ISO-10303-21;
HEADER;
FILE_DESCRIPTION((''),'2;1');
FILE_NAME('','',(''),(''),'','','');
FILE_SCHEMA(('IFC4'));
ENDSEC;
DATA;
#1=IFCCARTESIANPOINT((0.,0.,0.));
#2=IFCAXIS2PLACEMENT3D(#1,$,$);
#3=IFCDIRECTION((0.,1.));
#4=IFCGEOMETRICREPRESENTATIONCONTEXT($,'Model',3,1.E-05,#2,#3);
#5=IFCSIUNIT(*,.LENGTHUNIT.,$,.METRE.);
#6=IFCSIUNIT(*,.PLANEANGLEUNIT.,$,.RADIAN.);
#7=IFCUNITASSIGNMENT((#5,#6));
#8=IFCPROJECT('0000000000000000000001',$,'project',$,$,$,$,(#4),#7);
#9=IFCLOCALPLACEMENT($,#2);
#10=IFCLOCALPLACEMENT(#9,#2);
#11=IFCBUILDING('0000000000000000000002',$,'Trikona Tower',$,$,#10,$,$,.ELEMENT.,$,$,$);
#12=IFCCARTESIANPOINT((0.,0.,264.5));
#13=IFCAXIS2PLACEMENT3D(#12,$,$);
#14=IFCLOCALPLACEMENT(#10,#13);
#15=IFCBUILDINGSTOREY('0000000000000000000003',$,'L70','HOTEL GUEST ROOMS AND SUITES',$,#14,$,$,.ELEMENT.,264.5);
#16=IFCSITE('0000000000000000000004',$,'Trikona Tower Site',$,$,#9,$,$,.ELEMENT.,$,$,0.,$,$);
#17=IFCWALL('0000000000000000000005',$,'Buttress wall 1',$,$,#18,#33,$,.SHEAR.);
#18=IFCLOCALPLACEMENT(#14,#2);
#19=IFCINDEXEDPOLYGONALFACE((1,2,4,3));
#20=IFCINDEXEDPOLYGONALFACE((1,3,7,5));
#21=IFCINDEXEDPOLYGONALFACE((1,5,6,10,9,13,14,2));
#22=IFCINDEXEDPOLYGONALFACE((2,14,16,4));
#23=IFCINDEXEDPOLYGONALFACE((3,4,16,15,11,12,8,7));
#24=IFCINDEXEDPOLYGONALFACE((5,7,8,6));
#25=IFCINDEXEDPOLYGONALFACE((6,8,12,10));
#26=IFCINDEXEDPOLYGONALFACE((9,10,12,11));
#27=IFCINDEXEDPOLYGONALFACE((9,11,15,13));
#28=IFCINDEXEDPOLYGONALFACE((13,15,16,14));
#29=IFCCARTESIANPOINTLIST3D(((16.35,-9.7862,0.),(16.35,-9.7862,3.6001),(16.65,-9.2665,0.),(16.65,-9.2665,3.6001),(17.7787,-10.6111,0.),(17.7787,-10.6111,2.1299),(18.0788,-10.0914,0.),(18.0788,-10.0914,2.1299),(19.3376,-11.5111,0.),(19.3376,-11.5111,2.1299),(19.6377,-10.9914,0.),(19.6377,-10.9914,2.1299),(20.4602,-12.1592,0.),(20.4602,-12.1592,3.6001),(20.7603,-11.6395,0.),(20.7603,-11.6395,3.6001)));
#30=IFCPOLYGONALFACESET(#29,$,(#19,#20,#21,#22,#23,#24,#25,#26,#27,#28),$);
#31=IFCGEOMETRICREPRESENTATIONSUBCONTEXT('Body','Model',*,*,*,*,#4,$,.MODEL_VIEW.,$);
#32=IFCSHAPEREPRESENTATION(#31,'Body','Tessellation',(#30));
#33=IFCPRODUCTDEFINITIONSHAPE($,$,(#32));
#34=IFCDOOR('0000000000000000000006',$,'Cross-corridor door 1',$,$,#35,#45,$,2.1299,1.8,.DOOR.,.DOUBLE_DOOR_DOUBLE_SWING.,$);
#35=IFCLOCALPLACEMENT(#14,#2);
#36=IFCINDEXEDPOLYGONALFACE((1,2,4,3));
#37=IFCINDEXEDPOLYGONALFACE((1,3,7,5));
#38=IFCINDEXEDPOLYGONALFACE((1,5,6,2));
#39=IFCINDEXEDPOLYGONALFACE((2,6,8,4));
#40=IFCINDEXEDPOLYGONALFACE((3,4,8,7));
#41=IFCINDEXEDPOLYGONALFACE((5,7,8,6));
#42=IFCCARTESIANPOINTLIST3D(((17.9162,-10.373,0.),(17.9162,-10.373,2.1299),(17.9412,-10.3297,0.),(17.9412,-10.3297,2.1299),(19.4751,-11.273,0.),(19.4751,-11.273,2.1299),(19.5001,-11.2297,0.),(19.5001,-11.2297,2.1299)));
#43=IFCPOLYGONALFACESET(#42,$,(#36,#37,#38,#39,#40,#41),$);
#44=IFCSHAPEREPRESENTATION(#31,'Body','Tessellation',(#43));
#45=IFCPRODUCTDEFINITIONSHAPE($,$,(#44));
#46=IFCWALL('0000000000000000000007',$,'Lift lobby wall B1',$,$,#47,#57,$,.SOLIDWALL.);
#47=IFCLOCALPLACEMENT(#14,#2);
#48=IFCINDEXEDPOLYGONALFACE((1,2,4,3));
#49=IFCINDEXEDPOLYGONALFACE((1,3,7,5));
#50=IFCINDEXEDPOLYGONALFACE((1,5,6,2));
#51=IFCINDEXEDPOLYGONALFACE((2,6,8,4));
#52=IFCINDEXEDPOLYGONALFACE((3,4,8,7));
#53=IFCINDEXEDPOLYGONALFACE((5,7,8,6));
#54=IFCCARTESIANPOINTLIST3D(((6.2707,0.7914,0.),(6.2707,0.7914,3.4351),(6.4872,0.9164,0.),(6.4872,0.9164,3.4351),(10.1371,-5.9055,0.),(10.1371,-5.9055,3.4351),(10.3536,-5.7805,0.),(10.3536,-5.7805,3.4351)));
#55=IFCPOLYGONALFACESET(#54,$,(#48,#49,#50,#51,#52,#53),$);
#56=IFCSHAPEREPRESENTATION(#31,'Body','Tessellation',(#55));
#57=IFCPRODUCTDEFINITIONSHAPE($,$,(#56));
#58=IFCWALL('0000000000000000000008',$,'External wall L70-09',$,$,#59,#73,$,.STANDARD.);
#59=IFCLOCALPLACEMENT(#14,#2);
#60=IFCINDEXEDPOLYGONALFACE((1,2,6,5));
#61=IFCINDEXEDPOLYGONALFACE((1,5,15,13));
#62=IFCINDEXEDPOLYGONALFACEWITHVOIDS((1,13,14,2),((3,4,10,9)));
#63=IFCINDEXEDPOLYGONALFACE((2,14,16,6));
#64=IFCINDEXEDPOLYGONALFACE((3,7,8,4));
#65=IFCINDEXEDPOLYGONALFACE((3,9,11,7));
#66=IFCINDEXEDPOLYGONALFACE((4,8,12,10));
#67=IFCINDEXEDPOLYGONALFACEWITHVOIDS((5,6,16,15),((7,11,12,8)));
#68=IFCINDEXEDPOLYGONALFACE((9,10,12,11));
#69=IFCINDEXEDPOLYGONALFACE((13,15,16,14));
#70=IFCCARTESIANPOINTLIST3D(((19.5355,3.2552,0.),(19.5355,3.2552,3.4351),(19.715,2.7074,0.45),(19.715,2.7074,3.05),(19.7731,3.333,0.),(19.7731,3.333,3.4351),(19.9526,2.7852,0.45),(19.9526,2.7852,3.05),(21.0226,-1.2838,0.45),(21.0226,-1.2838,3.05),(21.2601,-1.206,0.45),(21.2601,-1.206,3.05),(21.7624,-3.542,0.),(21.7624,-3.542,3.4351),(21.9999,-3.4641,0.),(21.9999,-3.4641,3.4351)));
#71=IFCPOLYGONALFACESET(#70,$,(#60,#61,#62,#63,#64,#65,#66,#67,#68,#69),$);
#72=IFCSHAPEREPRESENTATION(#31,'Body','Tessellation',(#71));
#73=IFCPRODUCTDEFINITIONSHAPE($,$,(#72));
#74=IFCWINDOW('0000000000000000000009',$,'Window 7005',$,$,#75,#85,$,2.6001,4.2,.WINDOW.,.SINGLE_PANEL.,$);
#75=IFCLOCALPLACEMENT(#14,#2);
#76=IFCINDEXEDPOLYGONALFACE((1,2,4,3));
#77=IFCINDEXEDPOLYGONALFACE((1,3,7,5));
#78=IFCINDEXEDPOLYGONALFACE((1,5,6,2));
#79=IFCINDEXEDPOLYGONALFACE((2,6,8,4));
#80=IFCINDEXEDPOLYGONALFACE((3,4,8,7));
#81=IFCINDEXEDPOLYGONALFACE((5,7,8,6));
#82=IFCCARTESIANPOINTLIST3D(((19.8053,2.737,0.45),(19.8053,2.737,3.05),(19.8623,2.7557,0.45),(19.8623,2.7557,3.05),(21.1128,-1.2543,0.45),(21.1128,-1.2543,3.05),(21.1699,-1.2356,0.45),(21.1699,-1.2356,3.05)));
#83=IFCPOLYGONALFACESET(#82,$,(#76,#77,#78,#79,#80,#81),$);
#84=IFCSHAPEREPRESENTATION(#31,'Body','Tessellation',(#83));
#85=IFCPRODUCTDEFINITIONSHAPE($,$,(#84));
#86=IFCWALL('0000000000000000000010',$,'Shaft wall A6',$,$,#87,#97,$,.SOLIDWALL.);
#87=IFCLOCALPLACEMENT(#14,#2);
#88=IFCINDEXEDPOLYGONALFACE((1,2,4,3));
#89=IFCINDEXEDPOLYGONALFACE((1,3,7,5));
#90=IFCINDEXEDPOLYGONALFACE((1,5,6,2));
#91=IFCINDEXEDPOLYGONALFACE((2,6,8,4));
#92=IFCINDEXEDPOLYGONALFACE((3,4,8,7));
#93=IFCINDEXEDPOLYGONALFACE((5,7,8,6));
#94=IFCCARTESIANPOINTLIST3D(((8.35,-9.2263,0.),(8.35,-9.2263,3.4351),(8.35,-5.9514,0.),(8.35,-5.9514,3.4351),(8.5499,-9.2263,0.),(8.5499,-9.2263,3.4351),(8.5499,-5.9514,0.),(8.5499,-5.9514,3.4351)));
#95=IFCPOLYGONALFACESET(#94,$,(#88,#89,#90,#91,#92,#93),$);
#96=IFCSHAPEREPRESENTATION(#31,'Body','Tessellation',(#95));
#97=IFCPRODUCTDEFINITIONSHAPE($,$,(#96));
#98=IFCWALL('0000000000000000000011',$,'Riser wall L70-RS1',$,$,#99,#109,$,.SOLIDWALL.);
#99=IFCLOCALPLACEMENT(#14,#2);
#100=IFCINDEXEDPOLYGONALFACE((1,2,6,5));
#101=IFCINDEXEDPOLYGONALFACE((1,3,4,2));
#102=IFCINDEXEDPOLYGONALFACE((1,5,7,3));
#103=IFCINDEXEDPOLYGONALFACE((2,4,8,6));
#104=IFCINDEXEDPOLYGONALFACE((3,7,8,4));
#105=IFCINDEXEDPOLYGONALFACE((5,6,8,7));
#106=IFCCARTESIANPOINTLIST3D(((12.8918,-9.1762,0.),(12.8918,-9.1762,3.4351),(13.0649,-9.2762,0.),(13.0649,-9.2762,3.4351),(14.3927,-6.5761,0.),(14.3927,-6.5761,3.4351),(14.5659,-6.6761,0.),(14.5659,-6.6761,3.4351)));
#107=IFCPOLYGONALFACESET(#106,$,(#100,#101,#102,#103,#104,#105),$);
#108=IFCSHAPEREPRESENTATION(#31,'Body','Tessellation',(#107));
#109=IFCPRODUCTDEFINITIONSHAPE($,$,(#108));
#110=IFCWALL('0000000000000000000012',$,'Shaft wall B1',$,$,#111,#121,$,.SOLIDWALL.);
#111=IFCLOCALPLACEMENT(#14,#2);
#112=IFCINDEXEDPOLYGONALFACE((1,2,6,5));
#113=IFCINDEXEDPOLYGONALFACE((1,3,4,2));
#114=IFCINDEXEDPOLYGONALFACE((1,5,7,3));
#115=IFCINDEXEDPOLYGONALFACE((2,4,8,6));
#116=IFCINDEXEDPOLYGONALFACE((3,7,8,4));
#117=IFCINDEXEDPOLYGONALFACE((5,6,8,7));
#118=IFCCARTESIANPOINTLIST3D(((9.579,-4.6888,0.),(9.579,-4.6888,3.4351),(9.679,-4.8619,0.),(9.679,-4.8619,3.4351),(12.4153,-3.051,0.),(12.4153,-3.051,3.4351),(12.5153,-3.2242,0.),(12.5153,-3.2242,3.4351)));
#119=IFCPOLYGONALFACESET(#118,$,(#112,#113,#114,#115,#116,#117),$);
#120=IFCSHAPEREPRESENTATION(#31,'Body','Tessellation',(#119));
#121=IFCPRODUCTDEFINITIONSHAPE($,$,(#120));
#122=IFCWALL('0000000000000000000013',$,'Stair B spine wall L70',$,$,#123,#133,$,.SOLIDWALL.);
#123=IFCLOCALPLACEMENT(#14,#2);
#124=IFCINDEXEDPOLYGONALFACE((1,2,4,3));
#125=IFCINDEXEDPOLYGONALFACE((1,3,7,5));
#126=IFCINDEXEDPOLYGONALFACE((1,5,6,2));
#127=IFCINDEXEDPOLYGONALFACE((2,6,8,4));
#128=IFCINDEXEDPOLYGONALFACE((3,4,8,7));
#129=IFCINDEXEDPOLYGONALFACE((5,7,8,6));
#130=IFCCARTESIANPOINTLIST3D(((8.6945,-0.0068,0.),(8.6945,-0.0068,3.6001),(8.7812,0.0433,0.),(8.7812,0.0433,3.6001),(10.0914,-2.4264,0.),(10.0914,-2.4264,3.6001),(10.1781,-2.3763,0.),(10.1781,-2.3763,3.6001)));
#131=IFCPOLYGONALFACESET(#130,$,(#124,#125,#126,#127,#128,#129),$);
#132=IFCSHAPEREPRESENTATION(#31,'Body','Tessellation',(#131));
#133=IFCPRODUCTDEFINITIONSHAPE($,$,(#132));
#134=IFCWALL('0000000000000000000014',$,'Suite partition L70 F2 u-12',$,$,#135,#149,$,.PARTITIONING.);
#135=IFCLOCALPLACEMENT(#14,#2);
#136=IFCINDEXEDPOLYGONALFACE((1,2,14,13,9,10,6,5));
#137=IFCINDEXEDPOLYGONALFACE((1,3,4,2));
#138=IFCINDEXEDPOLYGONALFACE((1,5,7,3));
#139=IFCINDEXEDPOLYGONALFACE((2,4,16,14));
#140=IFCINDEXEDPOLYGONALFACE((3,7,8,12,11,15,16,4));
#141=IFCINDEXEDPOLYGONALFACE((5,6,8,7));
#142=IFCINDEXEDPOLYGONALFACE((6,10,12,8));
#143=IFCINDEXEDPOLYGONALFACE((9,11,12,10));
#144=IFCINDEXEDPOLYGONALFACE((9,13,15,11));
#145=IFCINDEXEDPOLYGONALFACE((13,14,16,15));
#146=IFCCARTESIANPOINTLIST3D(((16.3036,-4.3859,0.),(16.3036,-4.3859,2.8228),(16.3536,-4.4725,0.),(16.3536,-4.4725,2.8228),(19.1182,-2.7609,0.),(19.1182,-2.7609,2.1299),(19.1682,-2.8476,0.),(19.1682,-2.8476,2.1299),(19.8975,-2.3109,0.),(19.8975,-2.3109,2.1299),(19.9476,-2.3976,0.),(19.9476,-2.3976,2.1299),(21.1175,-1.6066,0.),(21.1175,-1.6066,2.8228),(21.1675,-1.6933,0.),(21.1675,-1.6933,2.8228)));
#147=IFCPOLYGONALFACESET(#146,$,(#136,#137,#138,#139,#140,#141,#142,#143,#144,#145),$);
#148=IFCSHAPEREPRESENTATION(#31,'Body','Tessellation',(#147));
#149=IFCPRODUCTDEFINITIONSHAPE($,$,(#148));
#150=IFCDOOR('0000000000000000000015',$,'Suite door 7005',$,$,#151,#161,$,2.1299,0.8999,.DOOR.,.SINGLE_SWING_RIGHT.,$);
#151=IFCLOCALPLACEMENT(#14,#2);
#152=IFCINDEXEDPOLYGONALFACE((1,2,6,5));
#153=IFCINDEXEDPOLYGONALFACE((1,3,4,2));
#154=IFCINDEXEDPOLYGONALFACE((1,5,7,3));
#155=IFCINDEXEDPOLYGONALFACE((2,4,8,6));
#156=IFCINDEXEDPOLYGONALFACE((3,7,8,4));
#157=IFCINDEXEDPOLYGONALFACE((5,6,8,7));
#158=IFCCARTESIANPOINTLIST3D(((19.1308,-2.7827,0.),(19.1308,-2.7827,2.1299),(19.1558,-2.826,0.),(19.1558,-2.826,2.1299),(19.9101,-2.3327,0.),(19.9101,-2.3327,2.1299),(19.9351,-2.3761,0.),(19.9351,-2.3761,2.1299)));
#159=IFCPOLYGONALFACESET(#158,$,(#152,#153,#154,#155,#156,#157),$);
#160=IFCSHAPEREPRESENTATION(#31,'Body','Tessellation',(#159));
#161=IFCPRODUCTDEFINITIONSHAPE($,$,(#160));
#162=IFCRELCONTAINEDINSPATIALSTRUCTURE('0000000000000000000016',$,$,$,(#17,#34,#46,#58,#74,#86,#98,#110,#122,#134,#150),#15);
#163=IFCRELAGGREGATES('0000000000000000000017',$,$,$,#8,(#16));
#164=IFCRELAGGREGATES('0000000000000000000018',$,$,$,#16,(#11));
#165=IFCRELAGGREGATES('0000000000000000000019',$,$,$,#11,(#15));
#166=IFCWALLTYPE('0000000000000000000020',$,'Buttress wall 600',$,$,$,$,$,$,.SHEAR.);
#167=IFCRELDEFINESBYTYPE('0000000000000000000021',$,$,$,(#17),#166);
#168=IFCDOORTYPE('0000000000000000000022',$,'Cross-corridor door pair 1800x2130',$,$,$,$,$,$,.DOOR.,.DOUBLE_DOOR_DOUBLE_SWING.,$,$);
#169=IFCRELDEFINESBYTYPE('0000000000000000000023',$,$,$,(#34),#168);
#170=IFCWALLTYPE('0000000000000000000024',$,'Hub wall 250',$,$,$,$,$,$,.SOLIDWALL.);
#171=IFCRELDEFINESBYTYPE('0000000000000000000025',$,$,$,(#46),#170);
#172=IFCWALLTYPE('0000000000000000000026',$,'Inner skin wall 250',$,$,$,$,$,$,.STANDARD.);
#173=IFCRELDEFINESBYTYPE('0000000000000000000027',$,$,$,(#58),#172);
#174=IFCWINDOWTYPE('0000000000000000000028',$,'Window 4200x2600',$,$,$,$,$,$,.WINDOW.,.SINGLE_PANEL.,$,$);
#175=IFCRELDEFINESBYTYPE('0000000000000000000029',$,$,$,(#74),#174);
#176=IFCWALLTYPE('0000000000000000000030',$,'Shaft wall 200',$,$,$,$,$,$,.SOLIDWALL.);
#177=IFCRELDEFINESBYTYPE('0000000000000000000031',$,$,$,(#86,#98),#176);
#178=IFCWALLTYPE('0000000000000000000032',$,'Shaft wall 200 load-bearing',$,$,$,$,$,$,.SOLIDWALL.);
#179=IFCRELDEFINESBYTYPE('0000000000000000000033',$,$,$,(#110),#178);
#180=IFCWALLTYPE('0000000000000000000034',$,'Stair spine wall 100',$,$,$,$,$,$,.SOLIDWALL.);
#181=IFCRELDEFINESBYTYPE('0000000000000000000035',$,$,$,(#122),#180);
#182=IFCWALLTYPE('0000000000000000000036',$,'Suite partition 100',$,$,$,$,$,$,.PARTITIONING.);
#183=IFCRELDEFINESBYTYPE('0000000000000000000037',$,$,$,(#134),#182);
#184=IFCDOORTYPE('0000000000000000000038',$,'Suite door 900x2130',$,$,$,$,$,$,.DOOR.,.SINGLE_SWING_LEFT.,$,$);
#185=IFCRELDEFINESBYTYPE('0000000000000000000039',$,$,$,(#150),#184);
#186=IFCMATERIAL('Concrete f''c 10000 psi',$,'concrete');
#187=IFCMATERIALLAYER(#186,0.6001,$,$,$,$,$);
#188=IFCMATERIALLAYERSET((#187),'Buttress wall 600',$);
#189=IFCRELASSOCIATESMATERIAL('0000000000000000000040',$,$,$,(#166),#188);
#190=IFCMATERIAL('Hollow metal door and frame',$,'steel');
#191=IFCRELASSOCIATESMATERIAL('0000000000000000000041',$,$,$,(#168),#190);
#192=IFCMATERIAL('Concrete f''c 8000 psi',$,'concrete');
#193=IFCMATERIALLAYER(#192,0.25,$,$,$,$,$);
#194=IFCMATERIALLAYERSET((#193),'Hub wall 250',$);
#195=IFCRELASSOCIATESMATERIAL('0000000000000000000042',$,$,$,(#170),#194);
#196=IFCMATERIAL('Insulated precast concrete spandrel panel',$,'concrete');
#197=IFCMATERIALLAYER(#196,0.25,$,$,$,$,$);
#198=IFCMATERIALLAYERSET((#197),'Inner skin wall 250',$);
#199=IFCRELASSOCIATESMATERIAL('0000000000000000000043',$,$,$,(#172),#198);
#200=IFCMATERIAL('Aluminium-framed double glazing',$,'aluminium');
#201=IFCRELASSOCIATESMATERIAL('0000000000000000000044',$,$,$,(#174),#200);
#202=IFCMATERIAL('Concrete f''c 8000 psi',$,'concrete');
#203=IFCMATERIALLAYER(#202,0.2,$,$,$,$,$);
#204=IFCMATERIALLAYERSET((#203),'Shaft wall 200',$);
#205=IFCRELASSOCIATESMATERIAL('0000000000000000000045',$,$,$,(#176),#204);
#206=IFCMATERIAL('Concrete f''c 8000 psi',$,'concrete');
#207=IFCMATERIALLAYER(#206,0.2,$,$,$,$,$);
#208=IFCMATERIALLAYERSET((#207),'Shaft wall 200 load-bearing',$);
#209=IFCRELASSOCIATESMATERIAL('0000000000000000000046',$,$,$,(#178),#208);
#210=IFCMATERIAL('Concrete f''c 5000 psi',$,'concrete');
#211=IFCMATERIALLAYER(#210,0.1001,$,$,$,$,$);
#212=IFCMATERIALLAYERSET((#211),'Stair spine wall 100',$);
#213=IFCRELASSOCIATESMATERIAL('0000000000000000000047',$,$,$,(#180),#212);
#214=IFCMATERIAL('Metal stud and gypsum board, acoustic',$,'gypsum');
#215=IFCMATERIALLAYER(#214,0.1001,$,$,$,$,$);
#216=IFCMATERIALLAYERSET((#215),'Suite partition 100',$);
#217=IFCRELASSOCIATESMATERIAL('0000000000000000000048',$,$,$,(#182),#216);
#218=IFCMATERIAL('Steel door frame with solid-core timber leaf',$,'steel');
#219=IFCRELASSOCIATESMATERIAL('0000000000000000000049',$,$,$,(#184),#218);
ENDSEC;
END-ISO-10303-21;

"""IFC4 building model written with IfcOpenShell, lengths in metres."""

from ifc_helpers import new_model, si_unit, direction, frame, frame_2d, origin, place, context, subcontext, project, spatial, rectangle, extrude, material, layer, layer_set, type_object, element, fill, save


model = new_model("IFC4")

# Units and contexts
model_context = context("Model", 3, precision=1e-05, world=origin(), true_north=direction((0.0, 1.0)))
body_context = subcontext(model_context, "Body", "Model", "MODEL_VIEW")
ifc_project = project(units=[si_unit("LENGTHUNIT", "METRE"), si_unit("PLANEANGLEUNIT", "RADIAN")], contexts=[model_context])

# Site, building, storey
site_placement = place(None, origin())
site = spatial("IfcSite", under=ifc_project, at=site_placement, Name="Trikona Tower Site", CompositionType="ELEMENT", RefElevation=0.0)
building_placement = place(site_placement, origin())
building = spatial("IfcBuilding", under=site, at=building_placement, Name="Trikona Tower", CompositionType="ELEMENT")
storey_placement = place(building_placement, frame((0.0, 0.0, 264.5)))
storey = spatial("IfcBuildingStorey", under=building, at=storey_placement, Name="L70", Description="HOTEL GUEST ROOMS AND SUITES", CompositionType="ELEMENT", Elevation=264.5)

# Wall, opening, door
ifc_material_1 = material(Name="Concrete f'c 10000 psi", Category="concrete")
ifc_layer_1 = layer(ifc_material_1, 0.6001)
ifc_layer_set_1 = layer_set([ifc_layer_1], Name="Buttress wall 600")
wall_type_1 = type_object("IfcWallType", Name="Buttress wall 600", PredefinedType="SHEAR", material=ifc_layer_set_1)
wall_1_placement = place(storey_placement, frame((16.5, -9.5264, 0.0), z_axis=(0.0, 0.0, 1.0), x_axis=(0.866031, -0.49999, 0.0)))
wall_1 = element("IfcWall", 1, at=wall_1_placement, inside=storey, type_object=wall_type_1, Name="Buttress wall 1", PredefinedType="SHEAR", context=body_context, shape_type="SweptSolid", body=[
    extrude(rectangle(XDim=4.7461, YDim=0.6001, at=frame_2d((2.373, 0.0))), origin(), (0.0, 0.0, 1.0), 3.6001),
])
opening_1_placement = place(wall_1_placement, frame((1.6499, 0.0, 0.0)))
opening_1 = element("IfcOpeningElement", 2, at=opening_1_placement, cuts=wall_1, PredefinedType="OPENING", context=body_context, shape_type="SweptSolid", body=[
    extrude(rectangle(XDim=1.8, YDim=2.1299, at=frame_2d((0.8999, 1.0649))), frame((0.0, 0.3101, 0.0), z_axis=(0.0, -1.0, 0.0), x_axis=(1.0, 0.0, 0.0)), (0.0, 0.0, 1.0), 0.6201),
])
ifc_material_2 = material(Name="Hollow metal door and frame", Category="steel")
door_type_1 = type_object("IfcDoorType", Name="Cross-corridor door pair 1800x2130", OperationType="DOUBLE_DOOR_DOUBLE_SWING", PredefinedType="DOOR", material=ifc_material_2)
door_1_placement = place(opening_1_placement, origin())
door_1 = element("IfcDoor", 3, at=door_1_placement, inside=storey, type_object=door_type_1, Name="Cross-corridor door 1", OperationType="DOUBLE_DOOR_DOUBLE_SWING", OverallHeight=2.1299, OverallWidth=1.8, PredefinedType="DOOR", context=body_context, shape_type="SweptSolid", body=[
    extrude(rectangle(XDim=1.8, YDim=2.1299, at=frame_2d((0.8999, 1.0649))), frame((0.0, 0.0249, 0.0), z_axis=(0.0, -1.0, 0.0), x_axis=(1.0, 0.0, 0.0)), (0.0, 0.0, 1.0), 0.05),
])
fill(opening_1, door_1)

# Wall
ifc_material_3 = material(Name="Concrete f'c 8000 psi", Category="concrete")
ifc_layer_2 = layer(ifc_material_3, 0.25)
ifc_layer_set_2 = layer_set([ifc_layer_2], Name="Hub wall 250")
wall_type_2 = type_object("IfcWallType", Name="Hub wall 250", PredefinedType="SOLIDWALL", material=ifc_layer_set_2)
wall_2_placement = place(storey_placement, frame((10.2454, -5.843, 0.0), z_axis=(0.0, 0.0, 1.0), x_axis=(-0.499993, 0.866029, 0.0)))
element("IfcWall", 4, at=wall_2_placement, inside=storey, type_object=wall_type_2, Name="Lift lobby wall B1", PredefinedType="SOLIDWALL", context=body_context, shape_type="SweptSolid", body=[
    extrude(rectangle(XDim=7.7329, YDim=0.25, at=frame_2d((3.8665, 0.0))), origin(), (0.0, 0.0, 1.0), 3.4351),
])

# Wall, opening, window
ifc_material_4 = material(Name="Insulated precast concrete spandrel panel", Category="concrete")
ifc_layer_3 = layer(ifc_material_4, 0.25)
ifc_layer_set_3 = layer_set([ifc_layer_3], Name="Inner skin wall 250")
wall_type_3 = type_object("IfcWallType", Name="Inner skin wall 250", PredefinedType="STANDARD", material=ifc_layer_set_3)
wall_3_placement = place(storey_placement, frame((21.8811, -3.5029, 0.0), z_axis=(0.0, 0.0, 1.0), x_axis=(-0.311329, 0.950302, 0.0)))
wall_3 = element("IfcWall", 5, at=wall_3_placement, inside=storey, type_object=wall_type_3, Name="External wall L70-09", PredefinedType="STANDARD", context=body_context, shape_type="SweptSolid", body=[
    extrude(rectangle(XDim=7.1526, YDim=0.25, at=frame_2d((3.5762, 0.0))), origin(), (0.0, 0.0, 1.0), 3.4351),
])
opening_2_placement = place(wall_3_placement, frame((2.376, 0.0, 0.45)))
opening_2 = element("IfcOpeningElement", 6, at=opening_2_placement, cuts=wall_3, PredefinedType="OPENING", context=body_context, shape_type="SweptSolid", body=[
    extrude(rectangle(XDim=4.2, YDim=2.6001, at=frame_2d((2.1001, 1.3))), frame((0.0, 0.135, 0.0), z_axis=(0.0, -1.0, 0.0), x_axis=(1.0, 0.0, 0.0)), (0.0, 0.0, 1.0), 0.27),
])
ifc_material_5 = material(Name="Aluminium-framed double glazing", Category="aluminium")
window_type_1 = type_object("IfcWindowType", Name="Window 4200x2600", PartitioningType="SINGLE_PANEL", PredefinedType="WINDOW", material=ifc_material_5)
window_1_placement = place(opening_2_placement, origin())
window_1 = element("IfcWindow", 7, at=window_1_placement, inside=storey, type_object=window_type_1, Name="Window 7005", OverallHeight=2.6001, OverallWidth=4.2, PartitioningType="SINGLE_PANEL", PredefinedType="WINDOW", context=body_context, shape_type="SweptSolid", body=[
    extrude(rectangle(XDim=4.2, YDim=2.6001, at=frame_2d((2.1001, 1.3))), frame((0.0, 0.03, 0.0), z_axis=(0.0, -1.0, 0.0), x_axis=(1.0, 0.0, 0.0)), (0.0, 0.0, 1.0), 0.0601),
])
fill(opening_2, window_1)

# Walls
ifc_material_6 = material(Name="Concrete f'c 8000 psi", Category="concrete")
ifc_layer_4 = layer(ifc_material_6, 0.2)
ifc_layer_set_4 = layer_set([ifc_layer_4], Name="Shaft wall 200")
wall_type_4 = type_object("IfcWallType", Name="Shaft wall 200", PredefinedType="SOLIDWALL", material=ifc_layer_set_4)
wall_4_placement = place(storey_placement, frame((8.45, -5.9514, 0.0), z_axis=(0.0, 0.0, 1.0), x_axis=(0.0, -1.0, 0.0)))
element("IfcWall", 8, at=wall_4_placement, inside=storey, type_object=wall_type_4, Name="Shaft wall A6", PredefinedType="SOLIDWALL", context=body_context, shape_type="SweptSolid", body=[
    extrude(rectangle(XDim=3.2749, YDim=0.2, at=frame_2d((1.6375, 0.0))), origin(), (0.0, 0.0, 1.0), 3.4351),
])
wall_5_placement = place(storey_placement, frame((14.4792, -6.6262, 0.0), z_axis=(0.0, 0.0, 1.0), x_axis=(-0.499952, -0.866053, 0.0)))
element("IfcWall", 9, at=wall_5_placement, inside=storey, type_object=wall_type_4, Name="Riser wall L70-RS1", PredefinedType="SOLIDWALL", context=body_context, shape_type="SweptSolid", body=[
    extrude(rectangle(XDim=3.0022, YDim=0.2, at=frame_2d((1.501, 0.0))), origin(), (0.0, 0.0, 1.0), 3.4351),
])
ifc_material_7 = material(Name="Concrete f'c 8000 psi", Category="concrete")
ifc_layer_5 = layer(ifc_material_7, 0.2)
ifc_layer_set_5 = layer_set([ifc_layer_5], Name="Shaft wall 200 load-bearing")
wall_type_5 = type_object("IfcWallType", Name="Shaft wall 200 load-bearing", PredefinedType="SOLIDWALL", material=ifc_layer_set_5)
wall_6_placement = place(storey_placement, frame((9.6289, -4.7754, 0.0), z_axis=(0.0, 0.0, 1.0), x_axis=(0.865996, 0.500052, 0.0)))
element("IfcWall", 10, at=wall_6_placement, inside=storey, type_object=wall_type_5, Name="Shaft wall B1", PredefinedType="SOLIDWALL", context=body_context, shape_type="SweptSolid", body=[
    extrude(rectangle(XDim=3.2751, YDim=0.2, at=frame_2d((1.6377, 0.0))), origin(), (0.0, 0.0, 1.0), 3.4351),
])
ifc_material_8 = material(Name="Concrete f'c 5000 psi", Category="concrete")
ifc_layer_6 = layer(ifc_material_8, 0.1001)
ifc_layer_set_6 = layer_set([ifc_layer_6], Name="Stair spine wall 100")
wall_type_6 = type_object("IfcWallType", Name="Stair spine wall 100", PredefinedType="SOLIDWALL", material=ifc_layer_set_6)
wall_7_placement = place(storey_placement, frame((10.1348, -2.4014, 0.0), z_axis=(0.0, 0.0, 1.0), x_axis=(-0.499992, 0.86603, 0.0)))
element("IfcWall", 11, at=wall_7_placement, inside=storey, type_object=wall_type_6, Name="Stair B spine wall L70", PredefinedType="SOLIDWALL", context=body_context, shape_type="SweptSolid", body=[
    extrude(rectangle(XDim=2.7939, YDim=0.1001, at=frame_2d((1.397, 0.0))), origin(), (0.0, 0.0, 1.0), 3.6001),
])

# Wall, opening, door
ifc_material_9 = material(Name="Metal stud and gypsum board, acoustic", Category="gypsum")
ifc_layer_7 = layer(ifc_material_9, 0.1001)
ifc_layer_set_7 = layer_set([ifc_layer_7], Name="Suite partition 100")
wall_type_7 = type_object("IfcWallType", Name="Suite partition 100", PredefinedType="PARTITIONING", material=ifc_layer_set_7)
wall_8_placement = place(storey_placement, frame((16.3286, -4.4292, 0.0), z_axis=(0.0, 0.0, 1.0), x_axis=(0.866029, 0.499994, 0.0)))
wall_8 = element("IfcWall", 12, at=wall_8_placement, inside=storey, type_object=wall_type_7, Name="Suite partition L70 F2 u-12", PredefinedType="PARTITIONING", context=body_context, shape_type="SweptSolid", body=[
    extrude(rectangle(XDim=5.5586, YDim=0.1001, at=frame_2d((2.7793, 0.0))), origin(), (0.0, 0.0, 1.0), 2.8228),
])
opening_3_placement = place(wall_8_placement, frame((3.25, 0.0, 0.0)))
opening_3 = element("IfcOpeningElement", 13, at=opening_3_placement, cuts=wall_8, PredefinedType="OPENING", context=body_context, shape_type="SweptSolid", body=[
    extrude(rectangle(XDim=0.8999, YDim=2.1299, at=frame_2d((0.45, 1.0649))), frame((0.0, 0.0601, 0.0), z_axis=(0.0, -1.0, 0.0), x_axis=(1.0, 0.0, 0.0)), (0.0, 0.0, 1.0), 0.1201),
])
ifc_material_10 = material(Name="Steel door frame with solid-core timber leaf", Category="steel")
door_type_2 = type_object("IfcDoorType", Name="Suite door 900x2130", OperationType="SINGLE_SWING_LEFT", PredefinedType="DOOR", material=ifc_material_10)
door_2_placement = place(opening_3_placement, origin())
door_2 = element("IfcDoor", 14, at=door_2_placement, inside=storey, type_object=door_type_2, Name="Suite door 7005", OperationType="SINGLE_SWING_RIGHT", OverallHeight=2.1299, OverallWidth=0.8999, PredefinedType="DOOR", context=body_context, shape_type="SweptSolid", body=[
    extrude(rectangle(XDim=0.8999, YDim=2.1299, at=frame_2d((0.45, 1.0649))), frame((0.0, 0.0249, 0.0), z_axis=(0.0, -1.0, 0.0), x_axis=(1.0, 0.0, 0.0)), (0.0, 0.0, 1.0), 0.05),
])
fill(opening_3, door_2)

save(model, "model.ifc")
